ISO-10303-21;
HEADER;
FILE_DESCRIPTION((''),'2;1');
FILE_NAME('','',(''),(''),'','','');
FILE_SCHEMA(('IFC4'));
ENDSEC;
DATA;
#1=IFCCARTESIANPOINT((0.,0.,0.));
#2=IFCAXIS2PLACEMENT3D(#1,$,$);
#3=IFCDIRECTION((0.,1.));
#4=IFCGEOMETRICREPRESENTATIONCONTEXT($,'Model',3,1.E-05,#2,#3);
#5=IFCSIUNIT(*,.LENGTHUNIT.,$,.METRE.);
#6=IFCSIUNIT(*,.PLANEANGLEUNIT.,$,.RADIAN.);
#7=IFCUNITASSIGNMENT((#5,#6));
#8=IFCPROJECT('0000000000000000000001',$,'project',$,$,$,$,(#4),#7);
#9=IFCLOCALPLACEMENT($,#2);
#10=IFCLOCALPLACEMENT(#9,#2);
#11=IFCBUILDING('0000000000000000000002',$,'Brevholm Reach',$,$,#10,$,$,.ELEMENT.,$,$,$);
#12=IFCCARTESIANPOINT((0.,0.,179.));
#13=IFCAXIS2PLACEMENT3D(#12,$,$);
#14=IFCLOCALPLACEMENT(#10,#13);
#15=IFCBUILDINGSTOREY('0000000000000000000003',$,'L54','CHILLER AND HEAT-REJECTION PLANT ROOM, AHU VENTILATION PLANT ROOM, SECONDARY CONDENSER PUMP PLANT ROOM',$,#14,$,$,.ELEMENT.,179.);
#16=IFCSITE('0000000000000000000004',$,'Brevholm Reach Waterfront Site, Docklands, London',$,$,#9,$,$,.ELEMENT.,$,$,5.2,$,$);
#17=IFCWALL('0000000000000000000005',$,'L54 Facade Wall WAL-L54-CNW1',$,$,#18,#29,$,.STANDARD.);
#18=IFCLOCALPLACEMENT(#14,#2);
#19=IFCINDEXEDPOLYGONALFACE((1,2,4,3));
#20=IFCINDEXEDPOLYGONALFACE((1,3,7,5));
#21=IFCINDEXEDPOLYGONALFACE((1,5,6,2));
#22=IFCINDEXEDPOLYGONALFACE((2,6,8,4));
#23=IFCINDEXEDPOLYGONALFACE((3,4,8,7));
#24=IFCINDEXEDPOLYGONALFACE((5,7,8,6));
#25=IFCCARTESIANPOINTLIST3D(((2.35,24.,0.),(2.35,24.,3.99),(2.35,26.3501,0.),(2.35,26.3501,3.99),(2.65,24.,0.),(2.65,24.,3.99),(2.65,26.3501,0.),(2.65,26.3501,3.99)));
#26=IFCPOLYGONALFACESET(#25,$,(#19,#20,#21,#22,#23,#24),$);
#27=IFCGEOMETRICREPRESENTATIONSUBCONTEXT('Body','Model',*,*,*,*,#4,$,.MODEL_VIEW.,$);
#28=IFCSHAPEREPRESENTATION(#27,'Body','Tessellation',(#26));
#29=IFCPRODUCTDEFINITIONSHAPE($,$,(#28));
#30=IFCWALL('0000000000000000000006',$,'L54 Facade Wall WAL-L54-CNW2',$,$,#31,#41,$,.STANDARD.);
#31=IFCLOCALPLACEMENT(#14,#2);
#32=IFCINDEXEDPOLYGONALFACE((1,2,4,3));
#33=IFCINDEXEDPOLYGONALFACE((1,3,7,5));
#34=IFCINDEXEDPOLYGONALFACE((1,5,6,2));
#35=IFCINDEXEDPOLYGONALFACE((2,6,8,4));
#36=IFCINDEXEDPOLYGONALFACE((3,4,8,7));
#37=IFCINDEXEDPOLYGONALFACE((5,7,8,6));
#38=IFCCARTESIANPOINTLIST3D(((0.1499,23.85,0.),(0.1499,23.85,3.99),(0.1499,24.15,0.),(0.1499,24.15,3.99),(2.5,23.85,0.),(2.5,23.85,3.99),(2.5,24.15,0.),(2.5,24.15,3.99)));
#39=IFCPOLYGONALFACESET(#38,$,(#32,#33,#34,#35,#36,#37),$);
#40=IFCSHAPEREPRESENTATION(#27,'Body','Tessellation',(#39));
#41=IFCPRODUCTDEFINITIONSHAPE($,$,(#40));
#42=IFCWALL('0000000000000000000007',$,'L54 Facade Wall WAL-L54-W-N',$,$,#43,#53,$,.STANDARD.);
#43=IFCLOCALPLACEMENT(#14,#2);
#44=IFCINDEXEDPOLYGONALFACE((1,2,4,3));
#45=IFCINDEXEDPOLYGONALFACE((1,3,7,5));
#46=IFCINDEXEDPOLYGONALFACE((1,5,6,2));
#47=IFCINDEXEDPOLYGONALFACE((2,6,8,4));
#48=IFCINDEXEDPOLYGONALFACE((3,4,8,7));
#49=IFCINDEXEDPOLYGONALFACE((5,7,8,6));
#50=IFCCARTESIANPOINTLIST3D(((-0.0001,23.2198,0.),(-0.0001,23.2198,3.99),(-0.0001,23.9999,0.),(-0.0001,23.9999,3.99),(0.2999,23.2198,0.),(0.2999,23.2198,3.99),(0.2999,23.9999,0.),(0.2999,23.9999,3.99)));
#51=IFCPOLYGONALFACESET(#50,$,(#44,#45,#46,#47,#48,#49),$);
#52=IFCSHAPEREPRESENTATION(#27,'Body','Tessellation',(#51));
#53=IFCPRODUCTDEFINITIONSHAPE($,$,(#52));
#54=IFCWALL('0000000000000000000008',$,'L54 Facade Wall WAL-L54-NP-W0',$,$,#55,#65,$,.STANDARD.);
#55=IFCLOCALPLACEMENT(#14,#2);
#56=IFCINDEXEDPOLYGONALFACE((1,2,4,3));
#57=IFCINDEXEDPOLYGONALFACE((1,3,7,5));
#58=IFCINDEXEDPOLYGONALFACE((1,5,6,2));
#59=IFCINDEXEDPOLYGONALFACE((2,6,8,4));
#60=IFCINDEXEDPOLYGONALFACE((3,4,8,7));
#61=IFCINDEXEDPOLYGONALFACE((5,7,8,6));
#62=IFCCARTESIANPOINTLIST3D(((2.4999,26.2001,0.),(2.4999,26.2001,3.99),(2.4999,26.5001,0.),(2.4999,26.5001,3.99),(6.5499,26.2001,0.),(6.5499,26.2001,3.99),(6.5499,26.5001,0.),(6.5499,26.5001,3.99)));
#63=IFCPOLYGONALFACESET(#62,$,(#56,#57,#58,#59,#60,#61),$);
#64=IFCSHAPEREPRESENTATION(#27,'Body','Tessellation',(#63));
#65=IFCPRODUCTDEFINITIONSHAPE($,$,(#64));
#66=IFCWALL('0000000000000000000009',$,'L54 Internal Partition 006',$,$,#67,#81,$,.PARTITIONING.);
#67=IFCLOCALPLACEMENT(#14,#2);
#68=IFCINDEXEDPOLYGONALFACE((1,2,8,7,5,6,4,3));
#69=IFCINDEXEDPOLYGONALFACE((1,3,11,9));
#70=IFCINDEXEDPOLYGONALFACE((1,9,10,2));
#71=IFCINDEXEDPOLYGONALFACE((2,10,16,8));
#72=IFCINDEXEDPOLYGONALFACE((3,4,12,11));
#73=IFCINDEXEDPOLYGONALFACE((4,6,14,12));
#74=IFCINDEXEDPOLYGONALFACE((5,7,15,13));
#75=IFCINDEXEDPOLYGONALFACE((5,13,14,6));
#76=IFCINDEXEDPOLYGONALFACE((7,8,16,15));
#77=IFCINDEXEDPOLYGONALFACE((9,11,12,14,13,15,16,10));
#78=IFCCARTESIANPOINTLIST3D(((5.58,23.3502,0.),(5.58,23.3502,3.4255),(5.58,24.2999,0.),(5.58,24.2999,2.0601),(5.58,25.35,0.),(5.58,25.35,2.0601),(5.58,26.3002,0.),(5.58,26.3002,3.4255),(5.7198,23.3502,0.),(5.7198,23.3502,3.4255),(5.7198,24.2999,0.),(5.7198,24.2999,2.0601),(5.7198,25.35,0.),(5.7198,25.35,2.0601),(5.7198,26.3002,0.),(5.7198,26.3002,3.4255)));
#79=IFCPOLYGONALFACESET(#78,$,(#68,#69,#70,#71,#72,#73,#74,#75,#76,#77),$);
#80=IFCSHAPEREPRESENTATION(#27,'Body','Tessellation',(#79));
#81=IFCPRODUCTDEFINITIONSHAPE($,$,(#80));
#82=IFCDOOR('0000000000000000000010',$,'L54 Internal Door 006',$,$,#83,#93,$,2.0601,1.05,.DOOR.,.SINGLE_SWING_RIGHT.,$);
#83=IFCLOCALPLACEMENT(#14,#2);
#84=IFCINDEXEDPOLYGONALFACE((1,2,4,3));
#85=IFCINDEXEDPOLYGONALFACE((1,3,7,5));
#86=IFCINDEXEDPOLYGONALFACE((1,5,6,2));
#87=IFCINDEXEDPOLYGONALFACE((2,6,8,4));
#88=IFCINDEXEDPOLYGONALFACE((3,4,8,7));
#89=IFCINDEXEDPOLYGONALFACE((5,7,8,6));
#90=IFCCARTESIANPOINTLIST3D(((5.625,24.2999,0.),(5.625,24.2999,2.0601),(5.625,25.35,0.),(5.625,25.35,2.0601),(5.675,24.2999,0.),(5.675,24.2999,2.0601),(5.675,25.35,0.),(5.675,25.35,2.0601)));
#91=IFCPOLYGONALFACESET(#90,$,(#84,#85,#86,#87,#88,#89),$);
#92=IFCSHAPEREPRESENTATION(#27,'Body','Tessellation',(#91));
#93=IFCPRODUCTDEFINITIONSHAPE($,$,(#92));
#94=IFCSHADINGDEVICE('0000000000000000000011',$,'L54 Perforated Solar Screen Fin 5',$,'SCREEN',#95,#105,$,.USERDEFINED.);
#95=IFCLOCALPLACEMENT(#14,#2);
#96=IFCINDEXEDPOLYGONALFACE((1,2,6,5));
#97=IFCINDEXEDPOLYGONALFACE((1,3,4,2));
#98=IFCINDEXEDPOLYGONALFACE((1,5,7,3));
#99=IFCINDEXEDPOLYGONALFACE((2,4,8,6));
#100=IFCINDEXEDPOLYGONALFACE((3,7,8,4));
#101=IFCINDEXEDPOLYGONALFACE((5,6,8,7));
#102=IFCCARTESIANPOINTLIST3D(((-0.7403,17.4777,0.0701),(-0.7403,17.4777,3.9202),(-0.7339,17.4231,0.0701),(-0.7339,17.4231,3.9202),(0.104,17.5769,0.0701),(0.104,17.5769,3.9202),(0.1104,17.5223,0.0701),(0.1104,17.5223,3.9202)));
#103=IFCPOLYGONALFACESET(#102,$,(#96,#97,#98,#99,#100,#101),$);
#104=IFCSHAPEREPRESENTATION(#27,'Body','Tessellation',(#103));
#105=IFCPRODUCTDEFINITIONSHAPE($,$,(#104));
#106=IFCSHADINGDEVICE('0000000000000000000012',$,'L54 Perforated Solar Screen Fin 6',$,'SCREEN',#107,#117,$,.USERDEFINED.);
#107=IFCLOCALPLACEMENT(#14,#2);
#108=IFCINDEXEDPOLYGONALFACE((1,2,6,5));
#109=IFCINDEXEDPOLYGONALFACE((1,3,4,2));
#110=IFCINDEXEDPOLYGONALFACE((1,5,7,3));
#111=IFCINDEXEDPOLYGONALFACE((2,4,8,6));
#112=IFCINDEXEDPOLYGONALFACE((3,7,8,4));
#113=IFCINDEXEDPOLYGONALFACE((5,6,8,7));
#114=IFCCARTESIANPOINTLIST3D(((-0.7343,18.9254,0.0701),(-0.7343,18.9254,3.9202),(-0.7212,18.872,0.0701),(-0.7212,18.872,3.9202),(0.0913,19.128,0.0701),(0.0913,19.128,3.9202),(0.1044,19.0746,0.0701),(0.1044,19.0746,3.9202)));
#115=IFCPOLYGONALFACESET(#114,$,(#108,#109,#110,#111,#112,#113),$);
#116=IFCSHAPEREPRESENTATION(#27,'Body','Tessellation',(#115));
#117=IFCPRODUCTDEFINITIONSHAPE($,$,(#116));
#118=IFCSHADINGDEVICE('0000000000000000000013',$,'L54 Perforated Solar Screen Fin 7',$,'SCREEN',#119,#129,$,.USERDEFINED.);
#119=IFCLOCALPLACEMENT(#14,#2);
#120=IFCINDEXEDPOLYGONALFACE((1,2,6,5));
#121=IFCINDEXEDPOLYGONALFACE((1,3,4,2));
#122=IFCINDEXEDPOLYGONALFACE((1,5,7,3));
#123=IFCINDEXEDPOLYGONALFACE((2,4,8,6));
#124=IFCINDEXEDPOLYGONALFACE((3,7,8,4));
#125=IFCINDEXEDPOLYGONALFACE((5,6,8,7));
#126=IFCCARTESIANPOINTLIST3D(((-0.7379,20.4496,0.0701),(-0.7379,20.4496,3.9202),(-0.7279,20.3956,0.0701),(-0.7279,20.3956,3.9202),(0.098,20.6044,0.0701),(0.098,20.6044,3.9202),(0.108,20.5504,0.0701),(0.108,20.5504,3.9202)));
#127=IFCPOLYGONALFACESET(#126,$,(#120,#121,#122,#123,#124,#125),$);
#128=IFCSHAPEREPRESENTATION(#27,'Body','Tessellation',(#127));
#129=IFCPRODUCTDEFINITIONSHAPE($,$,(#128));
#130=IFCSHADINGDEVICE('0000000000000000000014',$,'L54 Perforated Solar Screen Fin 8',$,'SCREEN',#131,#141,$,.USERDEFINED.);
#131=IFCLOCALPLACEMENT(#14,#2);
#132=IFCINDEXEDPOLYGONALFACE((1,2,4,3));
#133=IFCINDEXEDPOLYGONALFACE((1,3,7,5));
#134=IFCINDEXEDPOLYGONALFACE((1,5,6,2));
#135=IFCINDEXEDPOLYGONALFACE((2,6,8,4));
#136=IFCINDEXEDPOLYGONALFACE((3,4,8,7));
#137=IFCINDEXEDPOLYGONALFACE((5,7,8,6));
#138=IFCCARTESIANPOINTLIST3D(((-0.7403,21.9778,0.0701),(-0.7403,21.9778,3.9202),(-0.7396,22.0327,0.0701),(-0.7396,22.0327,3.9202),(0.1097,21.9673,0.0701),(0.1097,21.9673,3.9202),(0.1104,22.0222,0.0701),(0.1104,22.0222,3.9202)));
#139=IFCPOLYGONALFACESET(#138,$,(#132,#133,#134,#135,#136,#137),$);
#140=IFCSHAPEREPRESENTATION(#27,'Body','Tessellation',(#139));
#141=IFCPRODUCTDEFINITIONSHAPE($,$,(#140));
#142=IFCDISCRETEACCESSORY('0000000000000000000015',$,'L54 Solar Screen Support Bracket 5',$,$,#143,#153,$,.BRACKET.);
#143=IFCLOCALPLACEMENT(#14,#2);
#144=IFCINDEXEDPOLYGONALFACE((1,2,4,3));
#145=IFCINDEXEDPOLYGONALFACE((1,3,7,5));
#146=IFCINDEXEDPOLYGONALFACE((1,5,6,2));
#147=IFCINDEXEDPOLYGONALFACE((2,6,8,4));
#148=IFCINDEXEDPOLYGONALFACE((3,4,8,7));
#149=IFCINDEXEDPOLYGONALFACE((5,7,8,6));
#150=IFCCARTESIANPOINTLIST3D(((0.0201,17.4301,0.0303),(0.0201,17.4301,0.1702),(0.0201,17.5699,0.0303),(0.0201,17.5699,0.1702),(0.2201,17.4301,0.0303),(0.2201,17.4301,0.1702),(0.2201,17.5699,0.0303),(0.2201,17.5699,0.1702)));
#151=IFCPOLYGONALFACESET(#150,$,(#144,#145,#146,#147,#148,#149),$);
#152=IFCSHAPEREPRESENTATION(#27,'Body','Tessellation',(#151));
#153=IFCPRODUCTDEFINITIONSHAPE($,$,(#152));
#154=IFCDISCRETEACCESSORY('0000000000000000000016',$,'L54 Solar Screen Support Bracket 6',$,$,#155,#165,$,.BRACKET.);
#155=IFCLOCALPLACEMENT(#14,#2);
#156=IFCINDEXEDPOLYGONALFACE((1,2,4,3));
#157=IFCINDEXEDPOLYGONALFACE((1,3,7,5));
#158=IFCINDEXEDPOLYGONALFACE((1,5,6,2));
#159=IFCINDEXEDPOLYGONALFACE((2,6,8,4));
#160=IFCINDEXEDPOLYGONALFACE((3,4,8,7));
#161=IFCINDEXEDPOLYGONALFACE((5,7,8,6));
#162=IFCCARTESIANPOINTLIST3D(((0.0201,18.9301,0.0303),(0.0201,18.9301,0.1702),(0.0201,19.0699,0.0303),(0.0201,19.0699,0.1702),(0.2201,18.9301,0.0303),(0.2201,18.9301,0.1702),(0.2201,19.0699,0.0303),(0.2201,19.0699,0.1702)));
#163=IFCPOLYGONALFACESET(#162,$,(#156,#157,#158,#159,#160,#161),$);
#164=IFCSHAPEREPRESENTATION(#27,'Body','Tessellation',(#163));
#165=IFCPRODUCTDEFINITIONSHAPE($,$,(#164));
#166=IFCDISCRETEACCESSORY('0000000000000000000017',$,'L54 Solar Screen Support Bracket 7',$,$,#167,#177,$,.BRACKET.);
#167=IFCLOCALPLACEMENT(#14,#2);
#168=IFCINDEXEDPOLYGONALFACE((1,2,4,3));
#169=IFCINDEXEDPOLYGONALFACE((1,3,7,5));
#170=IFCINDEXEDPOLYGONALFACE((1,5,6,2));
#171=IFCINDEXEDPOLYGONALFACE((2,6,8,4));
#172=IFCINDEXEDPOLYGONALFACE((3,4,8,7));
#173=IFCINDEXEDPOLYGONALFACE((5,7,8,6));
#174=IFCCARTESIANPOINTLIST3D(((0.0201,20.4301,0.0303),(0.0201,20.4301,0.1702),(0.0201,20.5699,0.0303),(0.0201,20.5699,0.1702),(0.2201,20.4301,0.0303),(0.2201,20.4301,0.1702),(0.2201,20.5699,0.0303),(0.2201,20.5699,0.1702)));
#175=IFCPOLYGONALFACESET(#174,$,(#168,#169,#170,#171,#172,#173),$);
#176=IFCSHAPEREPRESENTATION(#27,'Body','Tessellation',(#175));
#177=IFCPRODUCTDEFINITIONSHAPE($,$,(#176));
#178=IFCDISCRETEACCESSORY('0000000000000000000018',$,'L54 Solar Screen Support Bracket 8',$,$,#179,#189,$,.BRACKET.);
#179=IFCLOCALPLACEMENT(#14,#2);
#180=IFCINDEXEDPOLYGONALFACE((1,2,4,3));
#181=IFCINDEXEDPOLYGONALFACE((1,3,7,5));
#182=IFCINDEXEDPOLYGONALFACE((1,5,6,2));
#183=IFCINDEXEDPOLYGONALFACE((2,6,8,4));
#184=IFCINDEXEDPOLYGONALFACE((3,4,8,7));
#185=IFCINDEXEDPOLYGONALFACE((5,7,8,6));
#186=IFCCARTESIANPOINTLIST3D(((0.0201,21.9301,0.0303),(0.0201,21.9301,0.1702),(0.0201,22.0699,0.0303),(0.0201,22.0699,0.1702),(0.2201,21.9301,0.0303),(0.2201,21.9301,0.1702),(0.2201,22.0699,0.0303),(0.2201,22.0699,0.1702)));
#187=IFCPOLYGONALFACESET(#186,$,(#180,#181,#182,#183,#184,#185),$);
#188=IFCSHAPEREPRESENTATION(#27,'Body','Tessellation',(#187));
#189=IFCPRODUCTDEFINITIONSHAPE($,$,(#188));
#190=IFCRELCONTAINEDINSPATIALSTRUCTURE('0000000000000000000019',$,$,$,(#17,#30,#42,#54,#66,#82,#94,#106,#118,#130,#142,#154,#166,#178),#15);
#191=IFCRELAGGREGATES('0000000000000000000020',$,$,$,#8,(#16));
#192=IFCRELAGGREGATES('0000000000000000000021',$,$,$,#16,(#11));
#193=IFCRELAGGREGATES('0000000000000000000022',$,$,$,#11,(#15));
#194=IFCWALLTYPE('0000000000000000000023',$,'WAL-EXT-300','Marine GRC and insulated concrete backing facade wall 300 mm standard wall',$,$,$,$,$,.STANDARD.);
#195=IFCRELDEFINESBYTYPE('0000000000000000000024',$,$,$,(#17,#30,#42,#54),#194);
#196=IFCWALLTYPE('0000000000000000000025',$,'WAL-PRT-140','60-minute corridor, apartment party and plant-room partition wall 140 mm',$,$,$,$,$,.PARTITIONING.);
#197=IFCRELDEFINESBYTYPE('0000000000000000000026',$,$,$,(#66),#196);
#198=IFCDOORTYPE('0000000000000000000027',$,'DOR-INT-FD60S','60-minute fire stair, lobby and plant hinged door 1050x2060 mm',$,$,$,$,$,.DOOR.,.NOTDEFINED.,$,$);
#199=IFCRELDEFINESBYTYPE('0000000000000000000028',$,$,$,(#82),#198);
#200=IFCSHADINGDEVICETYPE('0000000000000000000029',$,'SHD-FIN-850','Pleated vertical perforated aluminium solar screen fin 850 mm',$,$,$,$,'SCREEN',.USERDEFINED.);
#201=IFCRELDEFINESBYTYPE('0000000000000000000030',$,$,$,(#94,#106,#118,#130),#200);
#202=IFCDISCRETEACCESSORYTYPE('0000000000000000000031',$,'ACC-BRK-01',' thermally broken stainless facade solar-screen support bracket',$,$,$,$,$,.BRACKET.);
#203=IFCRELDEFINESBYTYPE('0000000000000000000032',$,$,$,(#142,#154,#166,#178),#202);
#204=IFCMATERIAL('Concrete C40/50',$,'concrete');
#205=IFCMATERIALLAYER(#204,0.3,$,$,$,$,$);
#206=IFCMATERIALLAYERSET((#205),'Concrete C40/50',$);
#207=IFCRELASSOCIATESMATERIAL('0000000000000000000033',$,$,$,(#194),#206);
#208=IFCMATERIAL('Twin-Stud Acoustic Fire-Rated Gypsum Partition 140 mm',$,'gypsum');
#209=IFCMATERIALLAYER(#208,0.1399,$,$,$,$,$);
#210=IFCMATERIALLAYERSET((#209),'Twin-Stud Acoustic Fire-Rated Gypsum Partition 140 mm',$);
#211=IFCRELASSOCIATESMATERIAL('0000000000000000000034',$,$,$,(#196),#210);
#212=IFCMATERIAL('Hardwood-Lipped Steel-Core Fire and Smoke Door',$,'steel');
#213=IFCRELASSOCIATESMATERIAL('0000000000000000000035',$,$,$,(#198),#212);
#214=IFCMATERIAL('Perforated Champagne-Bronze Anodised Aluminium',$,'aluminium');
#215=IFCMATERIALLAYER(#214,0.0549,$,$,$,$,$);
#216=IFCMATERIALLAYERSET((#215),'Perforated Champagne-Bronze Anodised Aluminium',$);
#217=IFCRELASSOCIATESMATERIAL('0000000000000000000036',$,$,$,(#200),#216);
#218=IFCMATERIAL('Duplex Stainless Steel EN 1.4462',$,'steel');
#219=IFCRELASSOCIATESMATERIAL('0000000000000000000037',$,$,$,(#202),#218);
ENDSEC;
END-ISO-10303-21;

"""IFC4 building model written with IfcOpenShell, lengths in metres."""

from ifc_helpers import new_model, si_unit, direction, frame, frame_2d, origin, origin_2d, place, context, subcontext, project, spatial, rectangle, extrude, material, layer, layer_set, type_object, element, fill, save


model = new_model("IFC4")

# Units and contexts
model_context = context("Model", 3, precision=1e-05, world=origin(), true_north=direction((0.0, 1.0)))
body_context = subcontext(model_context, "Body", "Model", "MODEL_VIEW")
ifc_project = project(units=[si_unit("LENGTHUNIT", "METRE"), si_unit("PLANEANGLEUNIT", "RADIAN")], contexts=[model_context])

# Site, building, storey
site_placement = place(None, origin())
site = spatial("IfcSite", under=ifc_project, at=site_placement, Name="Brevholm Reach Waterfront Site, Docklands, London", CompositionType="ELEMENT", RefElevation=5.2)
building_placement = place(site_placement, origin())
building = spatial("IfcBuilding", under=site, at=building_placement, Name="Brevholm Reach", CompositionType="ELEMENT")
storey_placement = place(building_placement, frame((0.0, 0.0, 179.0)))
storey = spatial("IfcBuildingStorey", under=building, at=storey_placement, Name="L54", Description="CHILLER AND HEAT-REJECTION PLANT ROOM, AHU VENTILATION PLANT ROOM, SECONDARY CONDENSER PUMP PLANT ROOM", CompositionType="ELEMENT", Elevation=179.0)

# Walls
ifc_material_1 = material(Name="Concrete C40/50", Category="concrete")
ifc_layer_1 = layer(ifc_material_1, 0.3)
ifc_layer_set_1 = layer_set([ifc_layer_1], Name="Concrete C40/50")
wall_type_1 = type_object("IfcWallType", Name="WAL-EXT-300", Description="Marine GRC and insulated concrete backing facade wall 300 mm standard wall", PredefinedType="STANDARD", material=ifc_layer_set_1)
for number, where, z_axis, x_axis, name in (
    (1, (2.5, 26.3501, 0.0), (0.0, 0.0, 1.0), (0.0, -1.0, 0.0), "L54 Facade Wall WAL-L54-CNW1"),
    (2, (2.5, 24.0, 0.0), (0.0, 0.0, 1.0), (-1.0, 0.0, 0.0), "L54 Facade Wall WAL-L54-CNW2"),
):
    element("IfcWall", number, at=place(storey_placement, frame(where, z_axis=z_axis, x_axis=x_axis)), inside=storey, type_object=wall_type_1, Name=name, PredefinedType="STANDARD", context=body_context, shape_type="SweptSolid", body=[
        extrude(rectangle(XDim=2.3501, YDim=0.3, at=frame_2d((1.175, 0.0))), origin(), (0.0, 0.0, 1.0), 3.99),
    ])
wall_1_placement = place(storey_placement, frame((0.1499, 24.0, 0.0), z_axis=(0.0, 0.0, 1.0), x_axis=(0.0, -1.0, 0.0)))
element("IfcWall", 3, at=wall_1_placement, inside=storey, type_object=wall_type_1, Name="L54 Facade Wall WAL-L54-W-N", PredefinedType="STANDARD", context=body_context, shape_type="SweptSolid", body=[
    extrude(rectangle(XDim=0.78, YDim=0.3, at=frame_2d((0.3901, 0.0))), origin(), (0.0, 0.0, 1.0), 3.99),
])
wall_2_placement = place(storey_placement, frame((2.5, 26.3501, 0.0), z_axis=(0.0, 0.0, 1.0), x_axis=(1.0, 0.0, 0.0)))
element("IfcWall", 4, at=wall_2_placement, inside=storey, type_object=wall_type_1, Name="L54 Facade Wall WAL-L54-NP-W0", PredefinedType="STANDARD", context=body_context, shape_type="SweptSolid", body=[
    extrude(rectangle(XDim=4.05, YDim=0.3, at=frame_2d((2.0249, 0.0))), origin(), (0.0, 0.0, 1.0), 3.99),
])

# Wall, opening, door
ifc_material_2 = material(Name="Twin-Stud Acoustic Fire-Rated Gypsum Partition 140 mm", Category="gypsum")
ifc_layer_2 = layer(ifc_material_2, 0.1399)
ifc_layer_set_2 = layer_set([ifc_layer_2], Name="Twin-Stud Acoustic Fire-Rated Gypsum Partition 140 mm")
wall_type_2 = type_object("IfcWallType", Name="WAL-PRT-140", Description="60-minute corridor, apartment party and plant-room partition wall 140 mm", PredefinedType="PARTITIONING", material=ifc_layer_set_2)
wall_3_placement = place(storey_placement, frame((5.6499, 23.3501, 0.0), z_axis=(0.0, 0.0, 1.0), x_axis=(0.0, 1.0, 0.0)))
wall_3 = element("IfcWall", 5, at=wall_3_placement, inside=storey, type_object=wall_type_2, Name="L54 Internal Partition 006", PredefinedType="PARTITIONING", context=body_context, shape_type="SweptSolid", body=[
    extrude(rectangle(XDim=2.95, YDim=0.1399, at=frame_2d((1.4751, 0.0))), origin(), (0.0, 0.0, 1.0), 3.4255),
])
opening_placement = place(wall_3_placement, frame((0.95, 0.0, 0.0)))
opening = element("IfcOpeningElement", 6, at=opening_placement, cuts=wall_3, PredefinedType="OPENING", context=body_context, shape_type="SweptSolid", body=[
    extrude(rectangle(XDim=1.05, YDim=2.0601, at=frame_2d((0.5249, 1.03))), frame((0.0, 0.0798, 0.0), z_axis=(0.0, -1.0, 0.0), x_axis=(1.0, 0.0, 0.0)), (0.0, 0.0, 1.0), 0.1599),
])
ifc_material_3 = material(Name="Hardwood-Lipped Steel-Core Fire and Smoke Door", Category="steel")
door_type = type_object("IfcDoorType", Name="DOR-INT-FD60S", Description="60-minute fire stair, lobby and plant hinged door 1050x2060 mm", OperationType="NOTDEFINED", PredefinedType="DOOR", material=ifc_material_3)
door_placement = place(opening_placement, origin())
door = element("IfcDoor", 7, at=door_placement, inside=storey, type_object=door_type, Name="L54 Internal Door 006", OperationType="SINGLE_SWING_RIGHT", OverallHeight=2.0601, OverallWidth=1.05, PredefinedType="DOOR", context=body_context, shape_type="SweptSolid", body=[
    extrude(rectangle(XDim=1.05, YDim=2.0601, at=frame_2d((0.5249, 1.03))), frame((0.0, 0.0249, 0.0), z_axis=(0.0, -1.0, 0.0), x_axis=(1.0, 0.0, 0.0)), (0.0, 0.0, 1.0), 0.05),
])
fill(opening, door)

# Shading devices
ifc_material_4 = material(Name="Perforated Champagne-Bronze Anodised Aluminium", Category="aluminium")
ifc_layer_3 = layer(ifc_material_4, 0.0549)
ifc_layer_set_3 = layer_set([ifc_layer_3], Name="Perforated Champagne-Bronze Anodised Aluminium")
shading_device_type = type_object("IfcShadingDeviceType", Name="SHD-FIN-850", Description="Pleated vertical perforated aluminium solar screen fin 850 mm", ElementType="SCREEN", PredefinedType="USERDEFINED", material=ifc_layer_set_3)
for number, where, z_axis, x_axis, name in (
    (8, (-0.3149, 17.5, 0.0701), (0.0, 0.0, 1.0), (-0.993165, -0.116723, 0.0), "L54 Perforated Solar Screen Fin 5"),
    (9, (-0.3149, 19.0, 0.0701), (0.0, 0.0, 1.0), (-0.97118, -0.238347, 0.0), "L54 Perforated Solar Screen Fin 6"),
    (10, (-0.3149, 20.5, 0.0701), (0.0, 0.0, 1.0), (-0.98328, -0.182098, 0.0), "L54 Perforated Solar Screen Fin 7"),
    (11, (-0.3149, 22.0, 0.0701), (0.0, 0.0, 1.0), (-0.999924, 0.012322, 0.0), "L54 Perforated Solar Screen Fin 8"),
):
    element("IfcShadingDevice", number, at=place(storey_placement, frame(where, z_axis=z_axis, x_axis=x_axis)), inside=storey, type_object=shading_device_type, Name=name, ObjectType="SCREEN", PredefinedType="USERDEFINED", context=body_context, shape_type="SweptSolid", body=[
        extrude(rectangle(XDim=0.8501, YDim=0.0549, at=origin_2d()), origin(), (0.0, 0.0, 1.0), 3.8501),
    ])

# Discrete accessories
ifc_material_5 = material(Name="Duplex Stainless Steel EN 1.4462", Category="steel")
discrete_accessory_type = type_object("IfcDiscreteAccessoryType", Name="ACC-BRK-01", Description=" thermally broken stainless facade solar-screen support bracket", PredefinedType="BRACKET", material=ifc_material_5)
for number, where, z_axis, x_axis, name in (
    (12, (0.1201, 17.5, 0.0303), (0.0, 0.0, 1.0), (-1.0, 0.0, 0.0), "L54 Solar Screen Support Bracket 5"),
    (13, (0.1201, 19.0, 0.0303), (0.0, 0.0, 1.0), (-1.0, 0.0, 0.0), "L54 Solar Screen Support Bracket 6"),
    (14, (0.1201, 20.5, 0.0303), (0.0, 0.0, 1.0), (-1.0, 0.0, 0.0), "L54 Solar Screen Support Bracket 7"),
    (15, (0.1201, 22.0, 0.0303), (0.0, 0.0, 1.0), (-1.0, 0.0, 0.0), "L54 Solar Screen Support Bracket 8"),
):
    element("IfcDiscreteAccessory", number, at=place(storey_placement, frame(where, z_axis=z_axis, x_axis=x_axis)), inside=storey, type_object=discrete_accessory_type, Name=name, PredefinedType="BRACKET", context=body_context, shape_type="SweptSolid", body=[
        extrude(rectangle(XDim=0.2, YDim=0.1399, at=origin_2d()), origin(), (0.0, 0.0, 1.0), 0.1399),
    ])

save(model, "model.ifc")
